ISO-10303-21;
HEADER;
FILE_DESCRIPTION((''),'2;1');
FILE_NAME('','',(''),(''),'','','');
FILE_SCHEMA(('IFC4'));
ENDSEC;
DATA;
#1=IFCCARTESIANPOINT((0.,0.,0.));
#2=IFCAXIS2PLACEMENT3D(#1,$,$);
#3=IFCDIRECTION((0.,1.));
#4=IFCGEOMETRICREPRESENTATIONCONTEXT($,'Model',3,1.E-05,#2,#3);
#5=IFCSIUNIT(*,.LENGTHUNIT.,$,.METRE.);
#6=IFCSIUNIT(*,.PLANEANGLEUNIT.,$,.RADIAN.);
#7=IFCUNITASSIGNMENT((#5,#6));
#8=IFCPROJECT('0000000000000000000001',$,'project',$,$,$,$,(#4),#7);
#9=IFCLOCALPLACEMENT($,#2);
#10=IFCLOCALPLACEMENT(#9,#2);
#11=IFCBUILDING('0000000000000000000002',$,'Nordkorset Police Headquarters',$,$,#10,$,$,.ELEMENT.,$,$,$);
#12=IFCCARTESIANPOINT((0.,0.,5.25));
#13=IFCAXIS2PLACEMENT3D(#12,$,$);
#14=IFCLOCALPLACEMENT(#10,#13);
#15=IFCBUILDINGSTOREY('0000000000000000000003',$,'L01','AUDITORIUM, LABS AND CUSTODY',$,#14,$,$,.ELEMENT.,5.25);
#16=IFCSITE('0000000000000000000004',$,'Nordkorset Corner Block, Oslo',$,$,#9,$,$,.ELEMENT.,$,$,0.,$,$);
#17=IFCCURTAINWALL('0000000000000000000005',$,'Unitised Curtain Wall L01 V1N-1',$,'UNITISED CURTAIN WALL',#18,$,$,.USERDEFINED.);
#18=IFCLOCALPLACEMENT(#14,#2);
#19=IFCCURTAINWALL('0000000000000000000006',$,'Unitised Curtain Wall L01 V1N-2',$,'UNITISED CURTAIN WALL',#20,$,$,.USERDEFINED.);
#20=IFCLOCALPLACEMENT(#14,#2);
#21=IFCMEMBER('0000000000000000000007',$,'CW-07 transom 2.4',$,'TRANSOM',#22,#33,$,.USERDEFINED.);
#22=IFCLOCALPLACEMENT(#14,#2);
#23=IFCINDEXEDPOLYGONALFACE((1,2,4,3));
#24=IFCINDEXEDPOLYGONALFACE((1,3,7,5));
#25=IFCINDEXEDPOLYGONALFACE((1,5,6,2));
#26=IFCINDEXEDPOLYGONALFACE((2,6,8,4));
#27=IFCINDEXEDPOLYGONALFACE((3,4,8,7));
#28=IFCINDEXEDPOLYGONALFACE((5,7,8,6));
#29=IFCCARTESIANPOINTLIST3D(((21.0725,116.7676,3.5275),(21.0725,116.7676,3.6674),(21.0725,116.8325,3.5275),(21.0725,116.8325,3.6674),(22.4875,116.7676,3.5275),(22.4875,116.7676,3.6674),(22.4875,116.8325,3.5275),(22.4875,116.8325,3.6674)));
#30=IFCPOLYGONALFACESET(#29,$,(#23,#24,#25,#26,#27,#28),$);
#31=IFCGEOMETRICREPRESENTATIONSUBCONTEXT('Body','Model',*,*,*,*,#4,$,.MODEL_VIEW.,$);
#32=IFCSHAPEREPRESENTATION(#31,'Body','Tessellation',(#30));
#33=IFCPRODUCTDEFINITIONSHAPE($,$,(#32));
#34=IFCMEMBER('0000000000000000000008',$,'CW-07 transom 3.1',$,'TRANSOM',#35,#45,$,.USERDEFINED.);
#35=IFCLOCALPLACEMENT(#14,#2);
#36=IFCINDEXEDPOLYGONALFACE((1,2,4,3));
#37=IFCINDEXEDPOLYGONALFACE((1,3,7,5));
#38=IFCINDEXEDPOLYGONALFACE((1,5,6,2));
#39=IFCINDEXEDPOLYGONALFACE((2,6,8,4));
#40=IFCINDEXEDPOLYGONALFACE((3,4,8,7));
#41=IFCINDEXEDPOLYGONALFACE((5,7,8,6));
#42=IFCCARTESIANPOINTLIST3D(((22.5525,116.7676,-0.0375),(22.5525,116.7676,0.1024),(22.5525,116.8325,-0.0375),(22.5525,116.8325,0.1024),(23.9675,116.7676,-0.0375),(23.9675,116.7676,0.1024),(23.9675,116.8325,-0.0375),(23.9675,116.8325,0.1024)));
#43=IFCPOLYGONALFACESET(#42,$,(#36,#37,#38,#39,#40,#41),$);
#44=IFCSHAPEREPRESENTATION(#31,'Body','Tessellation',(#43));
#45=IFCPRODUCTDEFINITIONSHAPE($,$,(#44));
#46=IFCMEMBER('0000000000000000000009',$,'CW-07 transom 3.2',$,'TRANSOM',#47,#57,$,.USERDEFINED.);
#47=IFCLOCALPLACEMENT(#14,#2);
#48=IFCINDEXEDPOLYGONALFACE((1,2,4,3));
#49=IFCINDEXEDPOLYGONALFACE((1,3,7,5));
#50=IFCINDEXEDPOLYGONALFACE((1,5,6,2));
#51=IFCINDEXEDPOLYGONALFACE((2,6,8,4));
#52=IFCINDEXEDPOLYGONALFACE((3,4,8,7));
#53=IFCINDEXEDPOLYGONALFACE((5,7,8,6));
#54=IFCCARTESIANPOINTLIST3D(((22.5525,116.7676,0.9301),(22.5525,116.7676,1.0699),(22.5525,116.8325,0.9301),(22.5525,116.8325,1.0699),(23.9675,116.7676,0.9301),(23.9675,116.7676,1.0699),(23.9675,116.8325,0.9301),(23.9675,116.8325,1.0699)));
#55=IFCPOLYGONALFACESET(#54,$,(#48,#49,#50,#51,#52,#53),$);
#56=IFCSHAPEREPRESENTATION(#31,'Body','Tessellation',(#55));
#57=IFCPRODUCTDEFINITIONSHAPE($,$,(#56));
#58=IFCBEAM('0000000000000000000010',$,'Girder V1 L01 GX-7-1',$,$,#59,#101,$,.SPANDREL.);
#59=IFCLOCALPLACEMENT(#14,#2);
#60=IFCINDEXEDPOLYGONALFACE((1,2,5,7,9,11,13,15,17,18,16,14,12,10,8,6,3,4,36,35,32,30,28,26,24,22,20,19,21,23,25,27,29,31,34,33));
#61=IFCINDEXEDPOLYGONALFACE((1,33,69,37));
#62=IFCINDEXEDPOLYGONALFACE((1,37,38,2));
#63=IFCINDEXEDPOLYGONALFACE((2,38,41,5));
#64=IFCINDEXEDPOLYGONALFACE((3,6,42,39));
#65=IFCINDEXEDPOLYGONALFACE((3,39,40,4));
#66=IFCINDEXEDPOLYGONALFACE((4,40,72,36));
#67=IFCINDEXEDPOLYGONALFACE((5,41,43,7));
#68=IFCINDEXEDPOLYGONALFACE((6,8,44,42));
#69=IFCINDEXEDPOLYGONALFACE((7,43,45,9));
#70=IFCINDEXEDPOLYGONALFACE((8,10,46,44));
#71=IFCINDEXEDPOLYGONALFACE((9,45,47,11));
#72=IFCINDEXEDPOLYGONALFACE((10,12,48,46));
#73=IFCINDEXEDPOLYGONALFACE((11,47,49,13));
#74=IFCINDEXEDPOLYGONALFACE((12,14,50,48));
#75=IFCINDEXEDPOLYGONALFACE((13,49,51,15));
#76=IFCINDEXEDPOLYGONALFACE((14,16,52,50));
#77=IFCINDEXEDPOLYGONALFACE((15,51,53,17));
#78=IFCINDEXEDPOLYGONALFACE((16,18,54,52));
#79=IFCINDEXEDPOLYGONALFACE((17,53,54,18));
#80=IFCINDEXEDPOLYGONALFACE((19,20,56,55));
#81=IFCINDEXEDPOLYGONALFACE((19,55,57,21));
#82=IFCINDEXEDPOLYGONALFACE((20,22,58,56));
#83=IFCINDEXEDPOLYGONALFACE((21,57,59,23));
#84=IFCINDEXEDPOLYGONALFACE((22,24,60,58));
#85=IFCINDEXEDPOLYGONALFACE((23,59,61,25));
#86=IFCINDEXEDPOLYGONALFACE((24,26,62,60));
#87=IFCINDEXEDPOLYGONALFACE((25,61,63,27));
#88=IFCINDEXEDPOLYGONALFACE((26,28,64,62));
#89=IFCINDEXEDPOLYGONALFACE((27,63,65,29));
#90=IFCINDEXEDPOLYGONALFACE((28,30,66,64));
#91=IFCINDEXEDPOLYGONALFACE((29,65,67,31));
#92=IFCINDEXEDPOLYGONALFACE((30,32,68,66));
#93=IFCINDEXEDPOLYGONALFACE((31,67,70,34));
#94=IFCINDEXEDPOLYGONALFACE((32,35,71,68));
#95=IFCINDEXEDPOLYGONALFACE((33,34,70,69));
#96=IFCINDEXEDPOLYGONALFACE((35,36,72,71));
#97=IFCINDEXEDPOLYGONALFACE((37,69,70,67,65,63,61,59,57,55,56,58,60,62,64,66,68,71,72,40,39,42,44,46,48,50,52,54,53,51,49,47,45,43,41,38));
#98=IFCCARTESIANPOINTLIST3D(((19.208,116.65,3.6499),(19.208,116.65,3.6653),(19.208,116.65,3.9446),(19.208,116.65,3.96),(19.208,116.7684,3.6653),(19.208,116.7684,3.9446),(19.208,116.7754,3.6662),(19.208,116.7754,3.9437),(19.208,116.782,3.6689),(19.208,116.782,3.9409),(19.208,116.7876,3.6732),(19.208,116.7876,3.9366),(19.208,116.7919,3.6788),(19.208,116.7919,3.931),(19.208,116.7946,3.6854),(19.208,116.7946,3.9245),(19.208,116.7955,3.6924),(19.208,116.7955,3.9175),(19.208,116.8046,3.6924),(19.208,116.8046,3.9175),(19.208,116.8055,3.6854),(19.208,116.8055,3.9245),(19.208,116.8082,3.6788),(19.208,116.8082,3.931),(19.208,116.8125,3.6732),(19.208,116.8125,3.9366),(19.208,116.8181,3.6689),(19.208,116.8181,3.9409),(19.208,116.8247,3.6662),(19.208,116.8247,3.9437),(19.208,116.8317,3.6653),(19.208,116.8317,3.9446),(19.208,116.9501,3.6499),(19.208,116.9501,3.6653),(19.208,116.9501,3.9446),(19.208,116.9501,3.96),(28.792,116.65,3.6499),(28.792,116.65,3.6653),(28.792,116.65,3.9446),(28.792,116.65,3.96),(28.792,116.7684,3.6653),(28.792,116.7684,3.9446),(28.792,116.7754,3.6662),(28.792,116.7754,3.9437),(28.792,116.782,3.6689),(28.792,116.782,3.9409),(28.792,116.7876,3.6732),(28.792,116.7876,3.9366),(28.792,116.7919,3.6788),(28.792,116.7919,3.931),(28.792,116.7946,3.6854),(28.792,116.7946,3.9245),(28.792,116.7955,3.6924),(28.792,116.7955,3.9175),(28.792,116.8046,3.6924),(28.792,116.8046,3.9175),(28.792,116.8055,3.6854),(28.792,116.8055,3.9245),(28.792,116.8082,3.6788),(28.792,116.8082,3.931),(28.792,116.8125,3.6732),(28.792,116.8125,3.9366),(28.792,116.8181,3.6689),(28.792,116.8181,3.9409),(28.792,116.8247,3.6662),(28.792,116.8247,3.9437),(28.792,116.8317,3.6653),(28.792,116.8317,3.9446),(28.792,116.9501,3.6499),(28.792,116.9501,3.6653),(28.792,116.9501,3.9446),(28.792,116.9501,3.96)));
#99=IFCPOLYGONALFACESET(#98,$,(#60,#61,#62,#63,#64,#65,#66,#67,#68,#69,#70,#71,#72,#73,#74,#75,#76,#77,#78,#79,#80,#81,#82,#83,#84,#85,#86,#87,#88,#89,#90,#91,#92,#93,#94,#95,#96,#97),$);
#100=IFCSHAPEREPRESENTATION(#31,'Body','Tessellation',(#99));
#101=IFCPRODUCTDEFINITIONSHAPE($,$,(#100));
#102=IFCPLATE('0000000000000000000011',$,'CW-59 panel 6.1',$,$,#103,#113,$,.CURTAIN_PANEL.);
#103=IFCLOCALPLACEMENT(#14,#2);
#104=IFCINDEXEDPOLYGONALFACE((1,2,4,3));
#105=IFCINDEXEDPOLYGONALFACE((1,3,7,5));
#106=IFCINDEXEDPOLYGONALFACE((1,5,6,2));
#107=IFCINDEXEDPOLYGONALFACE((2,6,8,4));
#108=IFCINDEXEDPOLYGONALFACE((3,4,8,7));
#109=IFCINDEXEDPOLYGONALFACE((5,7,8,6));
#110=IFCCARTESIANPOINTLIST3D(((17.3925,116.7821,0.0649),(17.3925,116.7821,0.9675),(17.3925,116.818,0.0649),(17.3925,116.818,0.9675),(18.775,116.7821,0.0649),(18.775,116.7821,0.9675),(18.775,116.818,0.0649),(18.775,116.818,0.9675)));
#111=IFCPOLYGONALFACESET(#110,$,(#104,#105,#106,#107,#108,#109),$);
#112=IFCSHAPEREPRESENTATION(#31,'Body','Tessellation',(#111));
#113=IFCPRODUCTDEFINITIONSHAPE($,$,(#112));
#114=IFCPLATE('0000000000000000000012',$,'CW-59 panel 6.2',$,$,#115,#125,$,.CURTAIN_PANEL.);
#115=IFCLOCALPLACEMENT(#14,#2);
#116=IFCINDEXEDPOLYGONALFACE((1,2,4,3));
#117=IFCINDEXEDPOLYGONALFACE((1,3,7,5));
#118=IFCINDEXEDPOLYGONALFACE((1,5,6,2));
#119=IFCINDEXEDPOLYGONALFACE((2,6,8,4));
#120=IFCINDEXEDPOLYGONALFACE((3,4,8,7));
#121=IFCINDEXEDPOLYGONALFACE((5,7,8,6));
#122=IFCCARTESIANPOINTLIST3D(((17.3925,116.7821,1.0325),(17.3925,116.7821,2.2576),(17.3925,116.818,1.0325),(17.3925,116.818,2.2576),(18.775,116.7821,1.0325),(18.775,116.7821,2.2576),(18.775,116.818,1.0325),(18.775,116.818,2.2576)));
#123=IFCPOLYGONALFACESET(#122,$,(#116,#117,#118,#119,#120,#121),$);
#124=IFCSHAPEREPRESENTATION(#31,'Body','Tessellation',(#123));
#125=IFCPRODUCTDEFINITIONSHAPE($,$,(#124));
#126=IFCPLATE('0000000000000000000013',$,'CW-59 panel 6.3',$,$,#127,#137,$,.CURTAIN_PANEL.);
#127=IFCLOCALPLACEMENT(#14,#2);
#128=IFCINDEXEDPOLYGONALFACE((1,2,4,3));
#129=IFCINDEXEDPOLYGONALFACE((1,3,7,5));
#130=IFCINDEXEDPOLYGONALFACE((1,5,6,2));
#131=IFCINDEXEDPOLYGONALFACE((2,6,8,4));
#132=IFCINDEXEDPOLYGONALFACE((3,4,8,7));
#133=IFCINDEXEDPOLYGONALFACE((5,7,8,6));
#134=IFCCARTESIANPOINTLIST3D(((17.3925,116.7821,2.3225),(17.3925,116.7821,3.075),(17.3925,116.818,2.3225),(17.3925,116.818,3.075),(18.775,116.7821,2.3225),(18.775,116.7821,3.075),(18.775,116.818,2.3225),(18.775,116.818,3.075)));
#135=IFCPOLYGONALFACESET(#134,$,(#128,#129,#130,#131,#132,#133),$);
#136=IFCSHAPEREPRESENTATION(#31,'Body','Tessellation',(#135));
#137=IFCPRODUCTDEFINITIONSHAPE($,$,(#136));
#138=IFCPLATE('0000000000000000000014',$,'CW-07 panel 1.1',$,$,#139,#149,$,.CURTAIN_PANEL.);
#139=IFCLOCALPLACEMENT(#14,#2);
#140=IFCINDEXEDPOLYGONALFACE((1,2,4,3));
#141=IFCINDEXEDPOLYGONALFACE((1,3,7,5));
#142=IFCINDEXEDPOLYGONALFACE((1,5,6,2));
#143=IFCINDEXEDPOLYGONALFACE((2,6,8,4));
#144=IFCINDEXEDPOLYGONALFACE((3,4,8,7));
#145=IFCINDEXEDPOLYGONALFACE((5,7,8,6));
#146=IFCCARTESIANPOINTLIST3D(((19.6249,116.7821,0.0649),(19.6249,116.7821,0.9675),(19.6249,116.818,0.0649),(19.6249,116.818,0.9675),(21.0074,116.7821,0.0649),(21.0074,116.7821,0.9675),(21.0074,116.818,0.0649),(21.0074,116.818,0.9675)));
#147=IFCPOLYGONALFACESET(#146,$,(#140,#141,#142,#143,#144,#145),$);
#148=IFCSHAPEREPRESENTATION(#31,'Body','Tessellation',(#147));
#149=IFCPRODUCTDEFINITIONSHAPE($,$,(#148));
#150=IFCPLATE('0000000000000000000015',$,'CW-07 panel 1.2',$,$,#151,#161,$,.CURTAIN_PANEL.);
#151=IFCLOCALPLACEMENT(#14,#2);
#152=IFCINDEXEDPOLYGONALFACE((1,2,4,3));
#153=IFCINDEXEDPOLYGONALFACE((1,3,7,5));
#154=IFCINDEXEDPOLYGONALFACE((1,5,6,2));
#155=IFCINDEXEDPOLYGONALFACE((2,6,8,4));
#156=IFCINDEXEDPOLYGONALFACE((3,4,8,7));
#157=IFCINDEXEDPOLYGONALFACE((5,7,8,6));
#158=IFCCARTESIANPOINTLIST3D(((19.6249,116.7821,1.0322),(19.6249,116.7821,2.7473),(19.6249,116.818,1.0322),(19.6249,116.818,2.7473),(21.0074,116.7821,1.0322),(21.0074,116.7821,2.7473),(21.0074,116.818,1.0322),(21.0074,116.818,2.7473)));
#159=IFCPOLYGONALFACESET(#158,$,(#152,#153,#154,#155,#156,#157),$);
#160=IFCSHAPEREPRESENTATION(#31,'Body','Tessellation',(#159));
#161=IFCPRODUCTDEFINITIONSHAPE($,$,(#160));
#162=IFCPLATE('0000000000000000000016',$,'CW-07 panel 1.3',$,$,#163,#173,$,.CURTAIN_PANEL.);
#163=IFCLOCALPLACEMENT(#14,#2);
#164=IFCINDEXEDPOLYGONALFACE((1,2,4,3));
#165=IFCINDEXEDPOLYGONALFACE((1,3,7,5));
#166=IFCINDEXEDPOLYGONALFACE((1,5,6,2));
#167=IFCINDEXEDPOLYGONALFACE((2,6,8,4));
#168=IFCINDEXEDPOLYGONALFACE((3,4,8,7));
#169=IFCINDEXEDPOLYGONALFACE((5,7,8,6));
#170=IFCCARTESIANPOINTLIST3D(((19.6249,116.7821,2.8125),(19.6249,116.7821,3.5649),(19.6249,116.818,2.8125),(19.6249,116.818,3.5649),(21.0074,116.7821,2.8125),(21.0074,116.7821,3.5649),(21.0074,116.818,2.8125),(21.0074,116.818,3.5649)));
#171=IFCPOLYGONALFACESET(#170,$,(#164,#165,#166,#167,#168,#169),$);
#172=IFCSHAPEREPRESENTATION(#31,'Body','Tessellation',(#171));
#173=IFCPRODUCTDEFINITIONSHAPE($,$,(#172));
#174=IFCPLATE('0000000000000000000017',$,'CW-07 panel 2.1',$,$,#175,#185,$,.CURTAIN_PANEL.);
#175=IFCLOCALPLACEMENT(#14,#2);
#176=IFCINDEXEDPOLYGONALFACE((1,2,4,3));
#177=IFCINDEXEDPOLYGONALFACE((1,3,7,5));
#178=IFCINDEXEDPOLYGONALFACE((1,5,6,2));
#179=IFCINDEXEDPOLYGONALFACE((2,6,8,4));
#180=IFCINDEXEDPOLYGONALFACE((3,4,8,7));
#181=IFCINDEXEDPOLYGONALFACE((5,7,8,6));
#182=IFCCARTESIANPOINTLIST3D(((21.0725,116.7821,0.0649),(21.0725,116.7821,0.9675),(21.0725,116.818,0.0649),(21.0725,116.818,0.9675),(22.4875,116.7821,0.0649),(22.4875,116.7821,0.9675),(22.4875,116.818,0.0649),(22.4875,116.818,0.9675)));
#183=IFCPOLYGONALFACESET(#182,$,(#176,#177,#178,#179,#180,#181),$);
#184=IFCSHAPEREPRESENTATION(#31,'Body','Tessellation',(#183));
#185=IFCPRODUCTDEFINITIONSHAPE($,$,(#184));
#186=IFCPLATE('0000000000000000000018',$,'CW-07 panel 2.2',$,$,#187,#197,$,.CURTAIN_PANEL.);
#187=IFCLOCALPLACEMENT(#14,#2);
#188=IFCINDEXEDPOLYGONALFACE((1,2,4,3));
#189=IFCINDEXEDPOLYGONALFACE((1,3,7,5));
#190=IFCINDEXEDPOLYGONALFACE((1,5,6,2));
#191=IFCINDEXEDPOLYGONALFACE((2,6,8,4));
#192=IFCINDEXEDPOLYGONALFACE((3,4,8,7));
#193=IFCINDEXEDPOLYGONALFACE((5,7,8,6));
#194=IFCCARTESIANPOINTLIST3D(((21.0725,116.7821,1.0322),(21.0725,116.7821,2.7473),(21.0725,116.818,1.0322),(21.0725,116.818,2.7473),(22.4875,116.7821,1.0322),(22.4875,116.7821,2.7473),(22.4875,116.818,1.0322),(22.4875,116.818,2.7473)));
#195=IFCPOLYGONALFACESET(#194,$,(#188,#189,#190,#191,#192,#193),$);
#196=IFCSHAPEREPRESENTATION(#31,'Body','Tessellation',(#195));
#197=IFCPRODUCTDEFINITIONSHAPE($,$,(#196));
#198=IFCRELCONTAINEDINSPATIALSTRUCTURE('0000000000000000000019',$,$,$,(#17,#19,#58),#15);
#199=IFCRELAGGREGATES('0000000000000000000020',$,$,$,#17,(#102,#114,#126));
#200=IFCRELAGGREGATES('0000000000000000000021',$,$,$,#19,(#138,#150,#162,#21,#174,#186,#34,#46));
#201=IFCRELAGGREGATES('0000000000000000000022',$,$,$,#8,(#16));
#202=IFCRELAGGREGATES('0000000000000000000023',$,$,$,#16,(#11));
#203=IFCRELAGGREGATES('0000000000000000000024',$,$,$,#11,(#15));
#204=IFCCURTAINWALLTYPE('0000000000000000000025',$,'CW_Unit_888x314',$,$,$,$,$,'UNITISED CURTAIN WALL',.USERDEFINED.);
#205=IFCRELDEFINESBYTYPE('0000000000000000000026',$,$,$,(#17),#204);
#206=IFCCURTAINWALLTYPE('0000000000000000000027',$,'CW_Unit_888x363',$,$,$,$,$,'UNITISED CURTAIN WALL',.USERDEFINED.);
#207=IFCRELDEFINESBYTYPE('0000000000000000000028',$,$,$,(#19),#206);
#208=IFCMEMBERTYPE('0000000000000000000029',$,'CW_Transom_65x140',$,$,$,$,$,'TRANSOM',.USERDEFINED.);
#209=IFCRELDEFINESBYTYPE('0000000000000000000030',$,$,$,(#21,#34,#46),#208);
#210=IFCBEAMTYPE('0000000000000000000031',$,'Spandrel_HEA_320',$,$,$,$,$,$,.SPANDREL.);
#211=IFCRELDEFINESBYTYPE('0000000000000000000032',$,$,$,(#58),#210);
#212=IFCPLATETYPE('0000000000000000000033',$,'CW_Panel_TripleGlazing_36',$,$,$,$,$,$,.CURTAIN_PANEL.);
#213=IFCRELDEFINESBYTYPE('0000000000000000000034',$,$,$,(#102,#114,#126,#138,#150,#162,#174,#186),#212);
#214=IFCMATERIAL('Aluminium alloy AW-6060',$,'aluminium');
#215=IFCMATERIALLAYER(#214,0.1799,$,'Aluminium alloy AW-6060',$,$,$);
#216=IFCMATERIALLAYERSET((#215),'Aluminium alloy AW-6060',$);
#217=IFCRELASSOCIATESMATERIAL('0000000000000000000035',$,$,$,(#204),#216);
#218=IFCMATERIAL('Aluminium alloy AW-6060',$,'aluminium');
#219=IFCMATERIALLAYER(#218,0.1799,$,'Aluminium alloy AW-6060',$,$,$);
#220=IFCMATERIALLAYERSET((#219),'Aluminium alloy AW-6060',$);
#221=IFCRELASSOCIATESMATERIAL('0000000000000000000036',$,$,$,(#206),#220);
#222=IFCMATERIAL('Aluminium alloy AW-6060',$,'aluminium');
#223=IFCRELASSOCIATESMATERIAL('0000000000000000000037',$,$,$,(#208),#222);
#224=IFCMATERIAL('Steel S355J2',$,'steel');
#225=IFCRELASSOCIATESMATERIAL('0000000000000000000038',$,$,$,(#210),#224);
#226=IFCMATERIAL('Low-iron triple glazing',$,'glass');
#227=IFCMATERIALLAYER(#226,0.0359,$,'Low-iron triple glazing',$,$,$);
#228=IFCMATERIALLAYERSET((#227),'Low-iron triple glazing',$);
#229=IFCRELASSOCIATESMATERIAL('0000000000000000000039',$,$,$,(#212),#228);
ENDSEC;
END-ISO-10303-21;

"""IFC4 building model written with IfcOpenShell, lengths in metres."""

from ifc_helpers import new_model, si_unit, direction, frame, origin, origin_2d, place, context, subcontext, project, spatial, rectangle, i_section, extrude, material, layer, layer_set, material_profile, profile_set, type_object, element, aggregate, save


model = new_model("IFC4")

# Units and contexts
model_context = context("Model", 3, precision=1e-05, world=origin(), true_north=direction((0.0, 1.0)))
body_context = subcontext(model_context, "Body", "Model", "MODEL_VIEW")
ifc_project = project(units=[si_unit("LENGTHUNIT", "METRE"), si_unit("PLANEANGLEUNIT", "RADIAN")], contexts=[model_context])

# Site, building, storey
site_placement = place(None, origin())
site = spatial("IfcSite", under=ifc_project, at=site_placement, Name="Nordkorset Corner Block, Oslo", CompositionType="ELEMENT", RefElevation=0.0)
building_placement = place(site_placement, origin())
building = spatial("IfcBuilding", under=site, at=building_placement, Name="Nordkorset Police Headquarters", CompositionType="ELEMENT")
storey_placement = place(building_placement, frame((0.0, 0.0, 5.25)))
storey = spatial("IfcBuildingStorey", under=building, at=storey_placement, Name="L01", Description="AUDITORIUM, LABS AND CUSTODY", CompositionType="ELEMENT", Elevation=5.25)

# Curtain wall
ifc_material_1 = material(Name="Aluminium alloy AW-6060", Category="aluminium")
ifc_layer_1 = layer(ifc_material_1, 0.1799, Name="Aluminium alloy AW-6060")
ifc_layer_set_1 = layer_set([ifc_layer_1], Name="Aluminium alloy AW-6060")
curtain_wall_type_1 = type_object("IfcCurtainWallType", Name="CW_Unit_888x314", ElementType="UNITISED CURTAIN WALL", PredefinedType="USERDEFINED", material=ifc_layer_set_1)
curtain_wall_1_placement = place(storey_placement, origin())
curtain_wall_1 = element("IfcCurtainWall", 1, at=curtain_wall_1_placement, inside=storey, type_object=curtain_wall_type_1, Name="Unitised Curtain Wall L01 V1N-1", ObjectType="UNITISED CURTAIN WALL", PredefinedType="USERDEFINED")

# Curtain wall, members
ifc_material_2 = material(Name="Aluminium alloy AW-6060", Category="aluminium")
ifc_layer_2 = layer(ifc_material_2, 0.1799, Name="Aluminium alloy AW-6060")
ifc_layer_set_2 = layer_set([ifc_layer_2], Name="Aluminium alloy AW-6060")
curtain_wall_type_2 = type_object("IfcCurtainWallType", Name="CW_Unit_888x363", ElementType="UNITISED CURTAIN WALL", PredefinedType="USERDEFINED", material=ifc_layer_set_2)
curtain_wall_2_placement = place(storey_placement, origin())
curtain_wall_2 = element("IfcCurtainWall", 2, at=curtain_wall_2_placement, inside=storey, type_object=curtain_wall_type_2, Name="Unitised Curtain Wall L01 V1N-2", ObjectType="UNITISED CURTAIN WALL", PredefinedType="USERDEFINED")
ifc_material_3 = material(Name="Aluminium alloy AW-6060", Category="aluminium")
ifc_material_profile_1 = material_profile(ifc_material_3, rectangle(XDim=0.0649, YDim=0.1399, at=origin_2d()), Name="ALU TRAN 65x140")
ifc_profile_set_1 = profile_set([ifc_material_profile_1], Name="Aluminium alloy AW-6060")
member_type_1 = type_object("IfcMemberType", Name="CW_Transom_65x140", ElementType="TRANSOM", PredefinedType="USERDEFINED", material=ifc_profile_set_1)
member_1_placement = place(storey_placement, frame((21.0725, 116.8, 3.5974), z_axis=(1.0, 0.0, 0.0), x_axis=(0.0, 1.0, 0.0)))
member_1 = element("IfcMember", 3, at=member_1_placement, type_object=member_type_1, Name="CW-07 transom 2.4", ObjectType="TRANSOM", PredefinedType="USERDEFINED", context=body_context, shape_type="SweptSolid", body=[
    extrude(rectangle(XDim=0.0649, YDim=0.1399, at=origin_2d()), origin(), (0.0, 0.0, 1.0), 1.415),
])
member_2_placement = place(storey_placement, frame((22.5525, 116.8, 0.0325), z_axis=(1.0, 0.0, 0.0), x_axis=(0.0, 1.0, 0.0)))
member_2 = element("IfcMember", 4, at=member_2_placement, type_object=member_type_1, Name="CW-07 transom 3.1", ObjectType="TRANSOM", PredefinedType="USERDEFINED", context=body_context, shape_type="SweptSolid", body=[
    extrude(rectangle(XDim=0.0649, YDim=0.1399, at=origin_2d()), origin(), (0.0, 0.0, 1.0), 1.415),
])
member_3_placement = place(storey_placement, frame((22.5525, 116.8, 1.0), z_axis=(1.0, 0.0, 0.0), x_axis=(0.0, 1.0, 0.0)))
member_3 = element("IfcMember", 5, at=member_3_placement, type_object=member_type_1, Name="CW-07 transom 3.2", ObjectType="TRANSOM", PredefinedType="USERDEFINED", context=body_context, shape_type="SweptSolid", body=[
    extrude(rectangle(XDim=0.0649, YDim=0.1399, at=origin_2d()), origin(), (0.0, 0.0, 1.0), 1.415),
])

# Beam
ifc_material_4 = material(Name="Steel S355J2", Category="steel")
ifc_material_profile_2 = material_profile(ifc_material_4, i_section(OverallWidth=0.3, OverallDepth=0.3101, WebThickness=0.009, FlangeThickness=0.0154, FilletRadius=0.0271, at=origin_2d()), Name="HEA 320")
ifc_profile_set_2 = profile_set([ifc_material_profile_2], Name="Steel S355J2")
beam_type = type_object("IfcBeamType", Name="Spandrel_HEA_320", PredefinedType="SPANDREL", material=ifc_profile_set_2)
beam_placement = place(storey_placement, frame((19.208, 116.8, 3.8049), z_axis=(1.0, 0.0, 0.0), x_axis=(0.0, 1.0, 0.0)))
element("IfcBeam", 6, at=beam_placement, inside=storey, type_object=beam_type, Name="Girder V1 L01 GX-7-1", PredefinedType="SPANDREL", context=body_context, shape_type="SweptSolid", body=[
    extrude(i_section(OverallWidth=0.3, OverallDepth=0.3101, WebThickness=0.009, FlangeThickness=0.0154, FilletRadius=0.0271, at=origin_2d()), origin(), (0.0, 0.0, 1.0), 9.584),
])

# Plates
ifc_material_5 = material(Name="Low-iron triple glazing", Category="glass")
ifc_layer_3 = layer(ifc_material_5, 0.0359, Name="Low-iron triple glazing")
ifc_layer_set_3 = layer_set([ifc_layer_3], Name="Low-iron triple glazing")
plate_type = type_object("IfcPlateType", Name="CW_Panel_TripleGlazing_36", PredefinedType="CURTAIN_PANEL", material=ifc_layer_set_3)
plate_1_placement = place(storey_placement, frame((18.0837, 116.8, 0.0649), z_axis=(0.0, 0.0, 1.0), x_axis=(1.0, 0.0, 0.0)))
plate_1 = element("IfcPlate", 7, at=plate_1_placement, type_object=plate_type, Name="CW-59 panel 6.1", PredefinedType="CURTAIN_PANEL", context=body_context, shape_type="SweptSolid", body=[
    extrude(rectangle(XDim=1.3826, YDim=0.0359, at=origin_2d()), origin(), (0.0, 0.0, 1.0), 0.9026),
])
plate_2_placement = place(storey_placement, frame((18.0837, 116.8, 1.0325), z_axis=(0.0, 0.0, 1.0), x_axis=(1.0, 0.0, 0.0)))
plate_2 = element("IfcPlate", 8, at=plate_2_placement, type_object=plate_type, Name="CW-59 panel 6.2", PredefinedType="CURTAIN_PANEL", context=body_context, shape_type="SweptSolid", body=[
    extrude(rectangle(XDim=1.3826, YDim=0.0359, at=origin_2d()), origin(), (0.0, 0.0, 1.0), 1.2251),
])
plate_3_placement = place(storey_placement, frame((18.0837, 116.8, 2.3225), z_axis=(0.0, 0.0, 1.0), x_axis=(1.0, 0.0, 0.0)))
plate_3 = element("IfcPlate", 9, at=plate_3_placement, type_object=plate_type, Name="CW-59 panel 6.3", PredefinedType="CURTAIN_PANEL", context=body_context, shape_type="SweptSolid", body=[
    extrude(rectangle(XDim=1.3826, YDim=0.0359, at=origin_2d()), origin(), (0.0, 0.0, 1.0), 0.7524),
])
aggregate(curtain_wall_1, [plate_1, plate_2, plate_3])
plate_4_placement = place(storey_placement, frame((20.3162, 116.8, 0.0649), z_axis=(0.0, 0.0, 1.0), x_axis=(1.0, 0.0, 0.0)))
plate_4 = element("IfcPlate", 10, at=plate_4_placement, type_object=plate_type, Name="CW-07 panel 1.1", PredefinedType="CURTAIN_PANEL", context=body_context, shape_type="SweptSolid", body=[
    extrude(rectangle(XDim=1.3826, YDim=0.0359, at=origin_2d()), origin(), (0.0, 0.0, 1.0), 0.9026),
])
plate_5_placement = place(storey_placement, frame((20.3162, 116.8, 1.0322), z_axis=(0.0, 0.0, 1.0), x_axis=(1.0, 0.0, 0.0)))
plate_5 = element("IfcPlate", 11, at=plate_5_placement, type_object=plate_type, Name="CW-07 panel 1.2", PredefinedType="CURTAIN_PANEL", context=body_context, shape_type="SweptSolid", body=[
    extrude(rectangle(XDim=1.3826, YDim=0.0359, at=origin_2d()), origin(), (0.0, 0.0, 1.0), 1.7151),
])
plate_6_placement = place(storey_placement, frame((20.3162, 116.8, 2.8125), z_axis=(0.0, 0.0, 1.0), x_axis=(1.0, 0.0, 0.0)))
plate_6 = element("IfcPlate", 12, at=plate_6_placement, type_object=plate_type, Name="CW-07 panel 1.3", PredefinedType="CURTAIN_PANEL", context=body_context, shape_type="SweptSolid", body=[
    extrude(rectangle(XDim=1.3826, YDim=0.0359, at=origin_2d()), origin(), (0.0, 0.0, 1.0), 0.7524),
])
plate_7_placement = place(storey_placement, frame((21.78, 116.8, 0.0649), z_axis=(0.0, 0.0, 1.0), x_axis=(1.0, 0.0, 0.0)))
plate_7 = element("IfcPlate", 13, at=plate_7_placement, type_object=plate_type, Name="CW-07 panel 2.1", PredefinedType="CURTAIN_PANEL", context=body_context, shape_type="SweptSolid", body=[
    extrude(rectangle(XDim=1.415, YDim=0.0359, at=origin_2d()), origin(), (0.0, 0.0, 1.0), 0.9026),
])
plate_8_placement = place(storey_placement, frame((21.78, 116.8, 1.0322), z_axis=(0.0, 0.0, 1.0), x_axis=(1.0, 0.0, 0.0)))
plate_8 = element("IfcPlate", 14, at=plate_8_placement, type_object=plate_type, Name="CW-07 panel 2.2", PredefinedType="CURTAIN_PANEL", context=body_context, shape_type="SweptSolid", body=[
    extrude(rectangle(XDim=1.415, YDim=0.0359, at=origin_2d()), origin(), (0.0, 0.0, 1.0), 1.7151),
])
aggregate(curtain_wall_2, [plate_4, plate_5, plate_6, member_1, plate_7, plate_8, member_2, member_3])

save(model, "model.ifc")
